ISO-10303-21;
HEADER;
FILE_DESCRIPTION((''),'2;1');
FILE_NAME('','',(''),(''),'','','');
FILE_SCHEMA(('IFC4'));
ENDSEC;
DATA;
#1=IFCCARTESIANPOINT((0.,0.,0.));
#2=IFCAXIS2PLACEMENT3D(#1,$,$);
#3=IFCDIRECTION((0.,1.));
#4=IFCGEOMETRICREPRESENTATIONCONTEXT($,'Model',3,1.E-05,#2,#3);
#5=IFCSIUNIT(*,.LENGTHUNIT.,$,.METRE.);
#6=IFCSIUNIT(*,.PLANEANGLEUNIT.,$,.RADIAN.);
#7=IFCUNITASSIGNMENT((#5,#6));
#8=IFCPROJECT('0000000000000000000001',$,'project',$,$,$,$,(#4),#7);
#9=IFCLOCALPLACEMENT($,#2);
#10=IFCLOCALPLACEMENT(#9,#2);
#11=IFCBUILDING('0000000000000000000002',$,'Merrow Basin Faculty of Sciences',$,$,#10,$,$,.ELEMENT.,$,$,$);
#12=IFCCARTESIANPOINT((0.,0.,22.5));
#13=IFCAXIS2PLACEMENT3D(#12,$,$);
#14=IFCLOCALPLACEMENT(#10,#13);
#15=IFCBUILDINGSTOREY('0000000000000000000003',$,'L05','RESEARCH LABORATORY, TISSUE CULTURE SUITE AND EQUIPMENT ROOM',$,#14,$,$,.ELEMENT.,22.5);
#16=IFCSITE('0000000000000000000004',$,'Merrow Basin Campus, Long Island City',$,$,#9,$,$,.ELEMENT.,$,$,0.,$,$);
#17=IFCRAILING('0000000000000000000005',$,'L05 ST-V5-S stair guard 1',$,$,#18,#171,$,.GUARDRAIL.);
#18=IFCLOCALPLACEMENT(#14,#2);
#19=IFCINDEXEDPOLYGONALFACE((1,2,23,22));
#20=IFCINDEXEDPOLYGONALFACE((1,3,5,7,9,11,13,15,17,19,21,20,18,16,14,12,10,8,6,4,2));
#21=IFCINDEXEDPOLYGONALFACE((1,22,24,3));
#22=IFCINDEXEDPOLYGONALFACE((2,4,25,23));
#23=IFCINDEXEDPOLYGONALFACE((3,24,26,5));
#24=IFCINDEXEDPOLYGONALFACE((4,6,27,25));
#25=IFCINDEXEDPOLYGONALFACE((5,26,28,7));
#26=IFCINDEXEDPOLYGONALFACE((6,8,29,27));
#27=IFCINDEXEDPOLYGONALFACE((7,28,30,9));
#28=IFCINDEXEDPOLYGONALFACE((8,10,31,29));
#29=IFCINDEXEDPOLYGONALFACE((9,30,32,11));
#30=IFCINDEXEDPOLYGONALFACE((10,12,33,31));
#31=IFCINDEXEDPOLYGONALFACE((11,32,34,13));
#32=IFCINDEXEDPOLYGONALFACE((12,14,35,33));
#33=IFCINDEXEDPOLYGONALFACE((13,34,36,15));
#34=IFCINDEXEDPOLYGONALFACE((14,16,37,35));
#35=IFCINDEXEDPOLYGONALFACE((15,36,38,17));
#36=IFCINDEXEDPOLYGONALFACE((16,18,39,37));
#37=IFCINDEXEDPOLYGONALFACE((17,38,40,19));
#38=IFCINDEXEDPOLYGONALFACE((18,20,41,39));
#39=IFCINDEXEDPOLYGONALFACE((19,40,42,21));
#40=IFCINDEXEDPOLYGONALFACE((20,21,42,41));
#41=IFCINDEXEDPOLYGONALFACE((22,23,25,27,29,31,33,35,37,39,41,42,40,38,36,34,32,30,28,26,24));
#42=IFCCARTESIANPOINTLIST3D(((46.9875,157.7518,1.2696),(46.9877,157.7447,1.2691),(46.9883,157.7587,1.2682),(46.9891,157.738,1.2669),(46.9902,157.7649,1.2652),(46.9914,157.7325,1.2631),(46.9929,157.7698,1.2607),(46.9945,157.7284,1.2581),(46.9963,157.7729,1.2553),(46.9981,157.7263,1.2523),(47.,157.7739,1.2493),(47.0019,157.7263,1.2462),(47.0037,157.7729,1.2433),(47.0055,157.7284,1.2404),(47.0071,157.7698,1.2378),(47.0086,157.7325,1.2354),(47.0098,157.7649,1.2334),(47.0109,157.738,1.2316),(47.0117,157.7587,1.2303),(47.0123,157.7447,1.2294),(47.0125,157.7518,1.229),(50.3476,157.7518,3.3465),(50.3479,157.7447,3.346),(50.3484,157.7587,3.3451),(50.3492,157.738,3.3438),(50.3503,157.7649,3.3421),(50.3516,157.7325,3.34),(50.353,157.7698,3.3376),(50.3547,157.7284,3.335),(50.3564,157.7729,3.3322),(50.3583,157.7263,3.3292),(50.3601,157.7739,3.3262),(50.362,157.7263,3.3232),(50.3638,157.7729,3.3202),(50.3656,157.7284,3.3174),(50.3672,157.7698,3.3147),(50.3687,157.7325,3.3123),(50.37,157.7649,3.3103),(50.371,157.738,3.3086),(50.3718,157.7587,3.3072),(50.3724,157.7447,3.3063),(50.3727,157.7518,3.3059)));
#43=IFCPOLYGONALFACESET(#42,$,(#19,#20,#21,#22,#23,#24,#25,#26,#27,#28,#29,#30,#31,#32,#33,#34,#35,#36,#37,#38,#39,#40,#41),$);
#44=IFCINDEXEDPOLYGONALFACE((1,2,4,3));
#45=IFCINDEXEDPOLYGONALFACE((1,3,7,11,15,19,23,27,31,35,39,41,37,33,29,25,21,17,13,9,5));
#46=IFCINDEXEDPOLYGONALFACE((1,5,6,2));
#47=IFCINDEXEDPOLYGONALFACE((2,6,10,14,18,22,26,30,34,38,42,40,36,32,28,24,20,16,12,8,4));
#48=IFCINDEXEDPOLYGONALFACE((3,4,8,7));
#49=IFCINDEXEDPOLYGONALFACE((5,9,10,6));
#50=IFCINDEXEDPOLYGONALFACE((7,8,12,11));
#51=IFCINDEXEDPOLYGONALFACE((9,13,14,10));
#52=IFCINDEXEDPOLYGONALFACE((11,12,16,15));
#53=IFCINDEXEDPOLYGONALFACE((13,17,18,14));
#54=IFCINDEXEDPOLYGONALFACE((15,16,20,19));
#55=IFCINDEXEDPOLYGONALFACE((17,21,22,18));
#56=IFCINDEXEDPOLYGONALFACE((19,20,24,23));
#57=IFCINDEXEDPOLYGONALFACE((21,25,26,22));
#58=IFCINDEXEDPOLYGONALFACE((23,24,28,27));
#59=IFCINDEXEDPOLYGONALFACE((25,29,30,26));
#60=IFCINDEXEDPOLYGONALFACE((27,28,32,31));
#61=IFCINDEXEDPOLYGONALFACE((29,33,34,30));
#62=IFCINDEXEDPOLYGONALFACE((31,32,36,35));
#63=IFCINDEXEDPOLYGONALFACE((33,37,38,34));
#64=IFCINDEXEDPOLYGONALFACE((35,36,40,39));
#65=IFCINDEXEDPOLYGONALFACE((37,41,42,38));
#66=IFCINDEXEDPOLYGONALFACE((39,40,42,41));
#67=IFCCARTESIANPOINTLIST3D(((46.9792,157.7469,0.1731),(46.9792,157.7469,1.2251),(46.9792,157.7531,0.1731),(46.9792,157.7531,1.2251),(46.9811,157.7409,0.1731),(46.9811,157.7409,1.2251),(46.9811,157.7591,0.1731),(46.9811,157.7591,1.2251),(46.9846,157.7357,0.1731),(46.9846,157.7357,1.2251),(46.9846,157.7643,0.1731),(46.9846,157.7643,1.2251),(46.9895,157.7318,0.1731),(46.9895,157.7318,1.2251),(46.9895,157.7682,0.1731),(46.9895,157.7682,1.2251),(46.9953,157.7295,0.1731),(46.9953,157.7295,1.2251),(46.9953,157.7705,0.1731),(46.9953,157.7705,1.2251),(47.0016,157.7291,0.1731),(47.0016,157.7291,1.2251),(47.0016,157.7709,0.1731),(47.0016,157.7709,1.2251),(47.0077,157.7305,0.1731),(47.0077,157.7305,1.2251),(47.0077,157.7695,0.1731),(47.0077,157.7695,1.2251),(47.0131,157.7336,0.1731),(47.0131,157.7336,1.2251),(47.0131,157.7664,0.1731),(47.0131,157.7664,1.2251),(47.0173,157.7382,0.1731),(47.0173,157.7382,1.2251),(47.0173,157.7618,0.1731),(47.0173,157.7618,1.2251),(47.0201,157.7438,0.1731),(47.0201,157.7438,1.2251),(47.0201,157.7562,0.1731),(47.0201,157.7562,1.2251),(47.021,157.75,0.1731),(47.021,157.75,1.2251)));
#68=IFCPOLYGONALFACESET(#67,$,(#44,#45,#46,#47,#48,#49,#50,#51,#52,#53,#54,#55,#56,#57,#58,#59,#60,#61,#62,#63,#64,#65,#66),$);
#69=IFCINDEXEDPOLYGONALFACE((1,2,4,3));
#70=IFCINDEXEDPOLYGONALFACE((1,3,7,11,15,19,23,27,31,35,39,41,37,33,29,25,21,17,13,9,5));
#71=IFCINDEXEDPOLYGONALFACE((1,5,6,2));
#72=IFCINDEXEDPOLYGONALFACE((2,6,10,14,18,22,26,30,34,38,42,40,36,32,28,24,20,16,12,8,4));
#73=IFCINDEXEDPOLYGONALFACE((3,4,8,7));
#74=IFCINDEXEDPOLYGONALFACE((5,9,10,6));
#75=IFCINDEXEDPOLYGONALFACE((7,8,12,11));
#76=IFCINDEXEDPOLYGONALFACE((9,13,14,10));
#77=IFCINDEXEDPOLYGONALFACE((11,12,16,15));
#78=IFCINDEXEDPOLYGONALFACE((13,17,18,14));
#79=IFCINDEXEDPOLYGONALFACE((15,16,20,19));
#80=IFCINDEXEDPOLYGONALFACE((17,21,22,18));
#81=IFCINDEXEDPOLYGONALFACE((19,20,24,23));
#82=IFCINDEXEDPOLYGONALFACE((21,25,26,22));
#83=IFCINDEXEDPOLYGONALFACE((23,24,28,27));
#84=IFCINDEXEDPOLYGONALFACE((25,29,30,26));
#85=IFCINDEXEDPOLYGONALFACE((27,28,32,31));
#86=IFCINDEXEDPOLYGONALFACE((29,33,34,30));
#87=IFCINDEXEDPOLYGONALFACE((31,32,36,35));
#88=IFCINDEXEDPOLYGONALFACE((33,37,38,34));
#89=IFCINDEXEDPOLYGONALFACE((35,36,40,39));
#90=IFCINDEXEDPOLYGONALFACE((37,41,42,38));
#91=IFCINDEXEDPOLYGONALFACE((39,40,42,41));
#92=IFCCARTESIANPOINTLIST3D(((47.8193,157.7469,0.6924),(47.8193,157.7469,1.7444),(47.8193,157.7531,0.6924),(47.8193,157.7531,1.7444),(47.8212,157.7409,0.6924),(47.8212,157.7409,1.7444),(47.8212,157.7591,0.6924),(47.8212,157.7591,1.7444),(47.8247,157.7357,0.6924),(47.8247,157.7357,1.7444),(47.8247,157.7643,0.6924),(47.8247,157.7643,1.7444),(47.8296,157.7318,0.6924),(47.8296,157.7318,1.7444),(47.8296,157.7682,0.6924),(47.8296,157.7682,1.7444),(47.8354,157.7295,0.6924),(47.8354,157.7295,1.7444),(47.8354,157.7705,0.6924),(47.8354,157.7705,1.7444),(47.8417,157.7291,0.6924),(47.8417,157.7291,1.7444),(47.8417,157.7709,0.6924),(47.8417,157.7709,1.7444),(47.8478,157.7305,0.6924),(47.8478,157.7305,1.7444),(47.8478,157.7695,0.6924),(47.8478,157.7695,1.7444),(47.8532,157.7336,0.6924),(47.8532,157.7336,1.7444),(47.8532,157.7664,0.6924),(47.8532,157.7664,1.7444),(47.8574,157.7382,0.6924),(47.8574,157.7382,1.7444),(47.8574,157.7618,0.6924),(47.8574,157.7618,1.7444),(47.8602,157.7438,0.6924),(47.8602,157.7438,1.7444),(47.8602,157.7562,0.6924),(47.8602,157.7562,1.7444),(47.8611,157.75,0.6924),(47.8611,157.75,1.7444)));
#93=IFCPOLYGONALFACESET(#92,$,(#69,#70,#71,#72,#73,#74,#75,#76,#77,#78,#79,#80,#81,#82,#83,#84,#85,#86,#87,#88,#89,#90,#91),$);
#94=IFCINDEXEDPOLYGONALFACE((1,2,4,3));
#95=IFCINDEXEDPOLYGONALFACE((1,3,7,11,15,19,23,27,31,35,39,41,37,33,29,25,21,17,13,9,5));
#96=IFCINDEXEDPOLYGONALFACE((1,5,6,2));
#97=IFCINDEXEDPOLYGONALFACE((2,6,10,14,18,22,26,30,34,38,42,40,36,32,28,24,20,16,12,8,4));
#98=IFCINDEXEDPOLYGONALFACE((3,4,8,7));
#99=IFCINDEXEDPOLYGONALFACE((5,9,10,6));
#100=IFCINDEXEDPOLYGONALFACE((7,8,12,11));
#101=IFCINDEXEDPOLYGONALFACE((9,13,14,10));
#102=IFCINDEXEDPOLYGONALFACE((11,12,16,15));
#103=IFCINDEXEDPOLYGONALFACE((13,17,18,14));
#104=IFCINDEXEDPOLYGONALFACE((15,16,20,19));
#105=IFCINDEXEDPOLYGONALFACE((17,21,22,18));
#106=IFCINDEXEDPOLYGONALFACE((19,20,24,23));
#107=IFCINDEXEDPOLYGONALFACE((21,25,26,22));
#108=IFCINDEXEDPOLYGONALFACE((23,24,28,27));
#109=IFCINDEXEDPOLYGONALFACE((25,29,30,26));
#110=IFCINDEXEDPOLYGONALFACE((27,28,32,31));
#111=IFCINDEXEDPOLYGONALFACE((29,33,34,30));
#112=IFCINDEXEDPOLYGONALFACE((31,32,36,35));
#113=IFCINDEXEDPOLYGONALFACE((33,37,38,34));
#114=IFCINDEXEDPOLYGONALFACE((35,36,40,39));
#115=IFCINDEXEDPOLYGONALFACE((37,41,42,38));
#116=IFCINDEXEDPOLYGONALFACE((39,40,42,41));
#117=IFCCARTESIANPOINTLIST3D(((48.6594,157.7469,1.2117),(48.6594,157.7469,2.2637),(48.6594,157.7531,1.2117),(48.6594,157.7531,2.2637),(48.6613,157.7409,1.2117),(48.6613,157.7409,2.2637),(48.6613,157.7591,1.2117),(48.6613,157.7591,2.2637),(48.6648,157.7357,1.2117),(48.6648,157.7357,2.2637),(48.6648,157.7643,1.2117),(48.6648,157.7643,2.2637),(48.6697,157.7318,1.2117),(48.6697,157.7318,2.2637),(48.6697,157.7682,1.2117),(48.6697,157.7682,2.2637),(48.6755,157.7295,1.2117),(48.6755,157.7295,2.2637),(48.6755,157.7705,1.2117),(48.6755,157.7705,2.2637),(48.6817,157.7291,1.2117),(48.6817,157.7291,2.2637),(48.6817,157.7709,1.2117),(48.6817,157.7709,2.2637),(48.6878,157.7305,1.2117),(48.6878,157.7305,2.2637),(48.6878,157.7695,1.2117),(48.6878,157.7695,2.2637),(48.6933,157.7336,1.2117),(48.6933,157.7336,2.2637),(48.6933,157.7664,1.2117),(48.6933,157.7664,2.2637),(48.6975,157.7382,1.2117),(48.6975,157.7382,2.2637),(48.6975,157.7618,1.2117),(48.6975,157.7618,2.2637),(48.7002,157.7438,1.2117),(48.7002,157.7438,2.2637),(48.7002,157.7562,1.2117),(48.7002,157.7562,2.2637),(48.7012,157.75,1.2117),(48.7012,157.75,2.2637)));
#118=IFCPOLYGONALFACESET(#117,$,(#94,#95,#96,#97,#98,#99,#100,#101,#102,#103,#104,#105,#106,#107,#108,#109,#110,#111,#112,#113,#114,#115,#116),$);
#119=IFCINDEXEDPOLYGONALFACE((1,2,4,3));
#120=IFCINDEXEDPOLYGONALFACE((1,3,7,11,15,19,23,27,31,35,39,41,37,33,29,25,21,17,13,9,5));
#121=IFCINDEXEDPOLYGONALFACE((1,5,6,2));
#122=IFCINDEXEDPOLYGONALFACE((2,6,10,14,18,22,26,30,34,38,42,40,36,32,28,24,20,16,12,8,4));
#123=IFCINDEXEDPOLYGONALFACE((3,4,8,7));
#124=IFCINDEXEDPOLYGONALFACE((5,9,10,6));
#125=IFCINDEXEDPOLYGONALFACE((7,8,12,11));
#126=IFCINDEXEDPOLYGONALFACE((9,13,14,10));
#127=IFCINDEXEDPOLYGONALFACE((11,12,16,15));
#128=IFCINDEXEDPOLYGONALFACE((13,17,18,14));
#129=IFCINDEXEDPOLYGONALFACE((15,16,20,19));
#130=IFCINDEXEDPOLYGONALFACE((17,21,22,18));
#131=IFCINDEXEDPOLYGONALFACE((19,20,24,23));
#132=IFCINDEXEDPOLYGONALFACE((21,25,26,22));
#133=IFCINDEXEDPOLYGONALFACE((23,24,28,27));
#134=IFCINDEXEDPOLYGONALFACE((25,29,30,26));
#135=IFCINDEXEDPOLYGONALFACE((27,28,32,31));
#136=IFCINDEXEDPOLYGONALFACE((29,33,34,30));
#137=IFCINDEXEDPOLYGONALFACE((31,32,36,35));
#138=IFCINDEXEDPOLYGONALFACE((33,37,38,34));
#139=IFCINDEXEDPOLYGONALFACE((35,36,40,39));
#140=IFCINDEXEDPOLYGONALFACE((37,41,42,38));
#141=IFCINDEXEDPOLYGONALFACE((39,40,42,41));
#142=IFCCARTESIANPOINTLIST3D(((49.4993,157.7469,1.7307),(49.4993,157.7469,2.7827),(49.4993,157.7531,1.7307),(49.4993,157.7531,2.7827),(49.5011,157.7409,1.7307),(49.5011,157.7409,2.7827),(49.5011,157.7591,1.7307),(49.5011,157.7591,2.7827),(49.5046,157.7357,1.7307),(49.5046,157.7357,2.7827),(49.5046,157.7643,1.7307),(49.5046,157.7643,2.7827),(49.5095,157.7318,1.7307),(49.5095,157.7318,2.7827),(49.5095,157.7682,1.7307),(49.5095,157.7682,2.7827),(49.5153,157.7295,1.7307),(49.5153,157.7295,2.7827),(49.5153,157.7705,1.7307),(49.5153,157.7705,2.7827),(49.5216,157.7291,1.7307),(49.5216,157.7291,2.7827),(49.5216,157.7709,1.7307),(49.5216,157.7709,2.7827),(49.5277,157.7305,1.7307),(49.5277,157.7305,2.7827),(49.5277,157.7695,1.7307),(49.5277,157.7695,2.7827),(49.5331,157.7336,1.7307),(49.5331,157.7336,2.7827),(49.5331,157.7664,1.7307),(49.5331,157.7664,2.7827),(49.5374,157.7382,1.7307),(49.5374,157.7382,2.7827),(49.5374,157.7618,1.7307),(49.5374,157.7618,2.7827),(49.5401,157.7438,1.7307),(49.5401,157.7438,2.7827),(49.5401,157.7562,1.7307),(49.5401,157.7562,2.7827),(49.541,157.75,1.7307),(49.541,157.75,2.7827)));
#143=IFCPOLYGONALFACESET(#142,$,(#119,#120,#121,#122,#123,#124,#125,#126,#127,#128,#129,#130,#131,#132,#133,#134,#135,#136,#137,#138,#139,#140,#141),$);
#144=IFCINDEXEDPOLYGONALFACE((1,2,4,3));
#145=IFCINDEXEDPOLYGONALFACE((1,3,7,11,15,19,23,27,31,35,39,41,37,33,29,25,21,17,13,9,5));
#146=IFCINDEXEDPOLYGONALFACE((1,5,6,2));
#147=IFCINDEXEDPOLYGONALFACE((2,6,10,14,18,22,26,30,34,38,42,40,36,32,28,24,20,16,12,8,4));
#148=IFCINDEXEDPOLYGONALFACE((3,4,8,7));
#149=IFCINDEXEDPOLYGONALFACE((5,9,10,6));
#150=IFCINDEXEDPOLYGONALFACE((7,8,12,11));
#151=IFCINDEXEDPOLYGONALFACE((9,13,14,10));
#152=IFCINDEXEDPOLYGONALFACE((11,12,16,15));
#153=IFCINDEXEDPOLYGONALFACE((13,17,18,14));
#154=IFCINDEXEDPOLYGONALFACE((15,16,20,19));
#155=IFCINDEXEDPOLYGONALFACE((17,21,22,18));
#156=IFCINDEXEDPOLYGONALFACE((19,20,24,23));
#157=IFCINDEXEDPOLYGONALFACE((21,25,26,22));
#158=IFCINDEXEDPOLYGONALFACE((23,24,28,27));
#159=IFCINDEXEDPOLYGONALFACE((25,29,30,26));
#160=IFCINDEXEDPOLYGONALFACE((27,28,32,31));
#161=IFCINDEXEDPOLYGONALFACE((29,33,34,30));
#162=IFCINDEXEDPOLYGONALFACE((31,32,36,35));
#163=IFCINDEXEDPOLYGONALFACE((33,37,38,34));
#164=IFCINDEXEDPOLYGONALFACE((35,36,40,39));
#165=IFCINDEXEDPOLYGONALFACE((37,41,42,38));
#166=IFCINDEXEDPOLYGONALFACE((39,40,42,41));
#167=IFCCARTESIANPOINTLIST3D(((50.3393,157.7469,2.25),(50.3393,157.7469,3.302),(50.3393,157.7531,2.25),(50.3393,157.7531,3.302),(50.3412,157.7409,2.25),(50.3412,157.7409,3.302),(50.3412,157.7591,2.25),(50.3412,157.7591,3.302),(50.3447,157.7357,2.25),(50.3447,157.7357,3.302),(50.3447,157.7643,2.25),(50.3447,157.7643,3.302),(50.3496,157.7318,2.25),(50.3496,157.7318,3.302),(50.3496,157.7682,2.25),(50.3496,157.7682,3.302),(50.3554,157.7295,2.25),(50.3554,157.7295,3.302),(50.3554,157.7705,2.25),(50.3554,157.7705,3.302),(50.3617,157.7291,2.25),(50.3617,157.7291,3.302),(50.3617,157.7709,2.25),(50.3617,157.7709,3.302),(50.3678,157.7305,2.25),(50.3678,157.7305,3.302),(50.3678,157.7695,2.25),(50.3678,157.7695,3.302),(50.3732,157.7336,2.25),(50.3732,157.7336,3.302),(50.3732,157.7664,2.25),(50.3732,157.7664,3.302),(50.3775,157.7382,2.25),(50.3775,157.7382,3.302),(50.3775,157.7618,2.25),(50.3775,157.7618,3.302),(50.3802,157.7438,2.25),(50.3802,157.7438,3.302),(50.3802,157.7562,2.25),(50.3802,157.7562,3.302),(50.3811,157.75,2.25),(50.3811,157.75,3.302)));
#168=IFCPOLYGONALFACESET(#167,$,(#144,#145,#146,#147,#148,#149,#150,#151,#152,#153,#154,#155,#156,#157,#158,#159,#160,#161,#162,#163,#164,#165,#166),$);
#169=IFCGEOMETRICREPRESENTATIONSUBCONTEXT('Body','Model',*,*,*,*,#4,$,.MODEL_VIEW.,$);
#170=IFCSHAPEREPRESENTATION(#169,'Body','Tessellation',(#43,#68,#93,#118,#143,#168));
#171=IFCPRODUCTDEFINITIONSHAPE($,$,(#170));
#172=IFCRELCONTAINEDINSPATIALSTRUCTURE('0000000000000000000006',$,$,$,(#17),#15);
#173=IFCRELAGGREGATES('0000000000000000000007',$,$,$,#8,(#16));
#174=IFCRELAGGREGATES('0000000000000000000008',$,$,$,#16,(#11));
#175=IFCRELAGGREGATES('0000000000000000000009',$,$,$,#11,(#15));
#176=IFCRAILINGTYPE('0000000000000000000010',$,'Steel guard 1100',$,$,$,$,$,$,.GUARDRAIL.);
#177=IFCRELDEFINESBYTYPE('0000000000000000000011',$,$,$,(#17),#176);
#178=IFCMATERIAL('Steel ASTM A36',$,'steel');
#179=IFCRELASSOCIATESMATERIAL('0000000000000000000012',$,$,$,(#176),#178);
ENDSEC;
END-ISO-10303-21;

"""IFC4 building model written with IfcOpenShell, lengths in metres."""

from ifc_helpers import new_model, si_unit, direction, frame, origin, origin_2d, place, context, subcontext, project, spatial, circle, extrude, material, type_object, element, save


model = new_model("IFC4")

# Units and contexts
model_context = context("Model", 3, precision=1e-05, world=origin(), true_north=direction((0.0, 1.0)))
body_context = subcontext(model_context, "Body", "Model", "MODEL_VIEW")
ifc_project = project(units=[si_unit("LENGTHUNIT", "METRE"), si_unit("PLANEANGLEUNIT", "RADIAN")], contexts=[model_context])

# Site, building, storey
site_placement = place(None, origin())
site = spatial("IfcSite", under=ifc_project, at=site_placement, Name="Merrow Basin Campus, Long Island City", CompositionType="ELEMENT", RefElevation=0.0)
building_placement = place(site_placement, origin())
building = spatial("IfcBuilding", under=site, at=building_placement, Name="Merrow Basin Faculty of Sciences", CompositionType="ELEMENT")
storey_placement = place(building_placement, frame((0.0, 0.0, 22.5)))
storey = spatial("IfcBuildingStorey", under=building, at=storey_placement, Name="L05", Description="RESEARCH LABORATORY, TISSUE CULTURE SUITE AND EQUIPMENT ROOM", CompositionType="ELEMENT", Elevation=22.5)

# Railing
ifc_material_1 = material(Name="Steel ASTM A36", Category="steel")
railing_type_1 = type_object("IfcRailingType", Name="Steel guard 1100", PredefinedType="GUARDRAIL", material=ifc_material_1)
railing_1_placement = place(storey_placement, frame((47.0, 157.75, 0.1731)))
element("IfcRailing", 1, at=railing_1_placement, inside=storey, type_object=railing_type_1, Name="L05 ST-V5-S stair guard 1", PredefinedType="GUARDRAIL", context=body_context, shape_type="SweptSolid", body=[
    extrude(circle(Radius=0.0239, at=origin_2d()), frame((0.0, 0.0, 1.0762), z_axis=(0.850623, 0.0, 0.525776), x_axis=(0.0, 1.0, 0.0)), (0.0, 0.0, 1.0), 3.9502),
    extrude(circle(Radius=0.021, at=origin_2d()), origin(), (0.0, 0.0, 1.0), 1.052),
    extrude(circle(Radius=0.021, at=origin_2d()), frame((0.8401, 0.0, 0.5193)), (0.0, 0.0, 1.0), 1.052),
    extrude(circle(Radius=0.021, at=origin_2d()), frame((1.6802, 0.0, 1.0386)), (0.0, 0.0, 1.0), 1.052),
    extrude(circle(Radius=0.021, at=origin_2d()), frame((2.52, 0.0, 1.5576)), (0.0, 0.0, 1.0), 1.052),
    extrude(circle(Radius=0.021, at=origin_2d()), frame((3.3601, 0.0, 2.0769)), (0.0, 0.0, 1.0), 1.052),
])

save(model, "model.ifc")
